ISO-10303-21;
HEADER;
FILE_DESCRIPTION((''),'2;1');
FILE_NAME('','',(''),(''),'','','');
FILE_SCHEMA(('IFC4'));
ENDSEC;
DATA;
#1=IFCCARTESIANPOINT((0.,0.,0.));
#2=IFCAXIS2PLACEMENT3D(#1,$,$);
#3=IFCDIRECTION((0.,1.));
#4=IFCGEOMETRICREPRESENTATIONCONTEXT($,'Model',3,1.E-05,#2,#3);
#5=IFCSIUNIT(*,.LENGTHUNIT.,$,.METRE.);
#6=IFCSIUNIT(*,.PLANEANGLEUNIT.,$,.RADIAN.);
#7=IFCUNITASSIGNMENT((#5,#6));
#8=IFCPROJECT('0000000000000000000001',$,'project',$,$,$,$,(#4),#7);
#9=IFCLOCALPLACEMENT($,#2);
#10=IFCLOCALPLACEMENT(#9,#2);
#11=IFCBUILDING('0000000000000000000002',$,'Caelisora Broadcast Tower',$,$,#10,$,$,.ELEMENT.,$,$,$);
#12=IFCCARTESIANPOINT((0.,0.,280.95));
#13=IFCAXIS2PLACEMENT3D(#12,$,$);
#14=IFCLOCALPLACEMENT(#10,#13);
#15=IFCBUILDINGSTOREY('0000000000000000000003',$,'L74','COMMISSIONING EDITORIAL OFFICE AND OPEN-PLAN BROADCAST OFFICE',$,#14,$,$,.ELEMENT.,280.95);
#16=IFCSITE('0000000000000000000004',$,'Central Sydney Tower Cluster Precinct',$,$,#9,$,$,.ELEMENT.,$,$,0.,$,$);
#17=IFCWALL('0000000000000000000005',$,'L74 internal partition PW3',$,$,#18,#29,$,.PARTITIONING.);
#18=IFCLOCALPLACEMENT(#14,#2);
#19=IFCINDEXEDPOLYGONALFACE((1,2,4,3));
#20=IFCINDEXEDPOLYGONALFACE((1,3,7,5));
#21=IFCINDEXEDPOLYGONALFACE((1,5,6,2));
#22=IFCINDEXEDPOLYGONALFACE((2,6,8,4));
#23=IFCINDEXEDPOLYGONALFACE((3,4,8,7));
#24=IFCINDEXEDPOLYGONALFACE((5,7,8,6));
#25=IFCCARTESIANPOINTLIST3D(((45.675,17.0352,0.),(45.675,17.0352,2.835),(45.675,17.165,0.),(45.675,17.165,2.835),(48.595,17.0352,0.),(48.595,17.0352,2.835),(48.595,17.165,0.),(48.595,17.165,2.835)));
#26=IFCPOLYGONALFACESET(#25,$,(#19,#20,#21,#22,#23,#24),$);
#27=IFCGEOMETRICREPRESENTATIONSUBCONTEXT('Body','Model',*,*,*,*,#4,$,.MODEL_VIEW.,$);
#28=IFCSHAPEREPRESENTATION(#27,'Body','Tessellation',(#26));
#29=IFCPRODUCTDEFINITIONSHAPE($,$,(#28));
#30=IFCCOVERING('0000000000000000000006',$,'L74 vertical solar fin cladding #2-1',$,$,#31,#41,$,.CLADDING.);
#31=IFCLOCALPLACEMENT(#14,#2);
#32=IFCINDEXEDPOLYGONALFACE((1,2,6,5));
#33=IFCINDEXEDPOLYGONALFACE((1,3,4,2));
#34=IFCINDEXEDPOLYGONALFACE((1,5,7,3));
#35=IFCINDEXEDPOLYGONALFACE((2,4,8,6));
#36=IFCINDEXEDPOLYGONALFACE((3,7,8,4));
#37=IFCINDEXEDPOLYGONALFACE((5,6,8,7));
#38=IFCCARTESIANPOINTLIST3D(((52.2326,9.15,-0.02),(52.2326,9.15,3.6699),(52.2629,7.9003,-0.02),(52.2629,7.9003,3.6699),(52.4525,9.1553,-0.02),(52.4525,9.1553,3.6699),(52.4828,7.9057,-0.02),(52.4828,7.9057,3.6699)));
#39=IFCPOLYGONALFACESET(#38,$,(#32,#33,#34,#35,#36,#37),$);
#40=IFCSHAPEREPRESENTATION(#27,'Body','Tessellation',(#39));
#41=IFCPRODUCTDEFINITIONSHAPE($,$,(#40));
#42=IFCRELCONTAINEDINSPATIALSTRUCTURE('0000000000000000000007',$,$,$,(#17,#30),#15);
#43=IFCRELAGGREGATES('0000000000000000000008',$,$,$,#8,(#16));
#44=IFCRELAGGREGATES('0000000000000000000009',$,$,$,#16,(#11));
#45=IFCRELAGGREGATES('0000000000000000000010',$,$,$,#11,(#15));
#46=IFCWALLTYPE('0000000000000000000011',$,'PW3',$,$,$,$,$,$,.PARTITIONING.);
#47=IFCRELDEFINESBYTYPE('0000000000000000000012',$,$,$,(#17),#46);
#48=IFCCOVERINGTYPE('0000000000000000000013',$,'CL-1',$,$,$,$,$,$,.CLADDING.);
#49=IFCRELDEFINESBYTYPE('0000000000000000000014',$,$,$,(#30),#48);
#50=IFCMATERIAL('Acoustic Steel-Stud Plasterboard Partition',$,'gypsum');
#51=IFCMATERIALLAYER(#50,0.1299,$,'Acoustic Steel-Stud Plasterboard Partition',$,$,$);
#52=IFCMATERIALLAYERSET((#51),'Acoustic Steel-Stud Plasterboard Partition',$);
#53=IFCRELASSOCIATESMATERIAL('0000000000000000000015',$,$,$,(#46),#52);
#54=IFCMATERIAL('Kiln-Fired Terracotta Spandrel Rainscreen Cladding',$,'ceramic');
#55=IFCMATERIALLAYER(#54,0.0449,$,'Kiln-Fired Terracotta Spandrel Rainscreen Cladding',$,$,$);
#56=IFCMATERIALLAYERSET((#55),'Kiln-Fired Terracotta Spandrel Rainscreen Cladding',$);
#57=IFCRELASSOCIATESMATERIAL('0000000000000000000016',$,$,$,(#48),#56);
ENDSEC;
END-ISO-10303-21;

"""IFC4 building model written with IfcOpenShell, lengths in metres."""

from ifc_helpers import new_model, si_unit, direction, frame, frame_2d, origin, origin_2d, place, context, subcontext, project, spatial, rectangle, extrude, source, transform, mapped, material, layer, layer_set, type_object, type_shapes, element, save


model = new_model("IFC4")

# Units and contexts
model_context = context("Model", 3, precision=1e-05, world=origin(), true_north=direction((0.0, 1.0)))
body_context = subcontext(model_context, "Body", "Model", "MODEL_VIEW")
ifc_project = project(units=[si_unit("LENGTHUNIT", "METRE"), si_unit("PLANEANGLEUNIT", "RADIAN")], contexts=[model_context])

# Site, building, storey
site_placement = place(None, origin())
site = spatial("IfcSite", under=ifc_project, at=site_placement, Name="Central Sydney Tower Cluster Precinct", CompositionType="ELEMENT", RefElevation=0.0)
building_placement = place(site_placement, origin())
building = spatial("IfcBuilding", under=site, at=building_placement, Name="Caelisora Broadcast Tower", CompositionType="ELEMENT")
storey_placement = place(building_placement, frame((0.0, 0.0, 280.95)))
storey = spatial("IfcBuildingStorey", under=building, at=storey_placement, Name="L74", Description="COMMISSIONING EDITORIAL OFFICE AND OPEN-PLAN BROADCAST OFFICE", CompositionType="ELEMENT", Elevation=280.95)

# Shared definitions
ifc_material_1 = material(Name="Acoustic Steel-Stud Plasterboard Partition", Category="gypsum")
ifc_layer_1 = layer(ifc_material_1, 0.1299, Name="Acoustic Steel-Stud Plasterboard Partition")
ifc_layer_set_1 = layer_set([ifc_layer_1], Name="Acoustic Steel-Stud Plasterboard Partition")
wall_type_1 = type_object("IfcWallType", Name="PW3", PredefinedType="PARTITIONING", material=ifc_layer_set_1)

# Wall
wall_1_placement = place(storey_placement, frame((45.675, 17.1001, 0.0), z_axis=(0.0, 0.0, 1.0), x_axis=(1.0, 0.0, 0.0)))
element("IfcWall", 1, at=wall_1_placement, inside=storey, type_object=wall_type_1, Name="L74 internal partition PW3", PredefinedType="PARTITIONING", context=body_context, shape_type="SweptSolid", body=[
    extrude(rectangle(XDim=2.9199, YDim=0.1299, at=frame_2d((1.46, 0.0))), origin(), (0.0, 0.0, 1.0), 2.835),
])

# Covering
ifc_material_2 = material(Name="Kiln-Fired Terracotta Spandrel Rainscreen Cladding", Category="ceramic")
ifc_layer_2 = layer(ifc_material_2, 0.0449, Name="Kiln-Fired Terracotta Spandrel Rainscreen Cladding")
ifc_layer_set_2 = layer_set([ifc_layer_2], Name="Kiln-Fired Terracotta Spandrel Rainscreen Cladding")
covering_type = type_object("IfcCoveringType", Name="CL-1", PredefinedType="CLADDING", material=ifc_layer_set_2)
shared_shape_1 = source(origin(), body_context, "Body", "SweptSolid", [
    extrude(rectangle(XDim=0.22, YDim=1.25, at=origin_2d()), origin(), (0.0, 0.0, 1.0), 3.6899),
])
type_shapes(covering_type, [shared_shape_1])
covering_placement = place(storey_placement, frame((52.3577, 8.5278, -0.02), z_axis=(0.0, 0.0, 1.0), x_axis=(-0.999706, -0.024258, 0.0)))
element("IfcCovering", 2, at=covering_placement, inside=storey, type_object=covering_type, Name="L74 vertical solar fin cladding #2-1", PredefinedType="CLADDING", context=body_context, shape_type="MappedRepresentation", body=[
    mapped(shared_shape_1, transform((0.0, 0.0, 0.0), scale=1.0)),
])

save(model, "model.ifc")
